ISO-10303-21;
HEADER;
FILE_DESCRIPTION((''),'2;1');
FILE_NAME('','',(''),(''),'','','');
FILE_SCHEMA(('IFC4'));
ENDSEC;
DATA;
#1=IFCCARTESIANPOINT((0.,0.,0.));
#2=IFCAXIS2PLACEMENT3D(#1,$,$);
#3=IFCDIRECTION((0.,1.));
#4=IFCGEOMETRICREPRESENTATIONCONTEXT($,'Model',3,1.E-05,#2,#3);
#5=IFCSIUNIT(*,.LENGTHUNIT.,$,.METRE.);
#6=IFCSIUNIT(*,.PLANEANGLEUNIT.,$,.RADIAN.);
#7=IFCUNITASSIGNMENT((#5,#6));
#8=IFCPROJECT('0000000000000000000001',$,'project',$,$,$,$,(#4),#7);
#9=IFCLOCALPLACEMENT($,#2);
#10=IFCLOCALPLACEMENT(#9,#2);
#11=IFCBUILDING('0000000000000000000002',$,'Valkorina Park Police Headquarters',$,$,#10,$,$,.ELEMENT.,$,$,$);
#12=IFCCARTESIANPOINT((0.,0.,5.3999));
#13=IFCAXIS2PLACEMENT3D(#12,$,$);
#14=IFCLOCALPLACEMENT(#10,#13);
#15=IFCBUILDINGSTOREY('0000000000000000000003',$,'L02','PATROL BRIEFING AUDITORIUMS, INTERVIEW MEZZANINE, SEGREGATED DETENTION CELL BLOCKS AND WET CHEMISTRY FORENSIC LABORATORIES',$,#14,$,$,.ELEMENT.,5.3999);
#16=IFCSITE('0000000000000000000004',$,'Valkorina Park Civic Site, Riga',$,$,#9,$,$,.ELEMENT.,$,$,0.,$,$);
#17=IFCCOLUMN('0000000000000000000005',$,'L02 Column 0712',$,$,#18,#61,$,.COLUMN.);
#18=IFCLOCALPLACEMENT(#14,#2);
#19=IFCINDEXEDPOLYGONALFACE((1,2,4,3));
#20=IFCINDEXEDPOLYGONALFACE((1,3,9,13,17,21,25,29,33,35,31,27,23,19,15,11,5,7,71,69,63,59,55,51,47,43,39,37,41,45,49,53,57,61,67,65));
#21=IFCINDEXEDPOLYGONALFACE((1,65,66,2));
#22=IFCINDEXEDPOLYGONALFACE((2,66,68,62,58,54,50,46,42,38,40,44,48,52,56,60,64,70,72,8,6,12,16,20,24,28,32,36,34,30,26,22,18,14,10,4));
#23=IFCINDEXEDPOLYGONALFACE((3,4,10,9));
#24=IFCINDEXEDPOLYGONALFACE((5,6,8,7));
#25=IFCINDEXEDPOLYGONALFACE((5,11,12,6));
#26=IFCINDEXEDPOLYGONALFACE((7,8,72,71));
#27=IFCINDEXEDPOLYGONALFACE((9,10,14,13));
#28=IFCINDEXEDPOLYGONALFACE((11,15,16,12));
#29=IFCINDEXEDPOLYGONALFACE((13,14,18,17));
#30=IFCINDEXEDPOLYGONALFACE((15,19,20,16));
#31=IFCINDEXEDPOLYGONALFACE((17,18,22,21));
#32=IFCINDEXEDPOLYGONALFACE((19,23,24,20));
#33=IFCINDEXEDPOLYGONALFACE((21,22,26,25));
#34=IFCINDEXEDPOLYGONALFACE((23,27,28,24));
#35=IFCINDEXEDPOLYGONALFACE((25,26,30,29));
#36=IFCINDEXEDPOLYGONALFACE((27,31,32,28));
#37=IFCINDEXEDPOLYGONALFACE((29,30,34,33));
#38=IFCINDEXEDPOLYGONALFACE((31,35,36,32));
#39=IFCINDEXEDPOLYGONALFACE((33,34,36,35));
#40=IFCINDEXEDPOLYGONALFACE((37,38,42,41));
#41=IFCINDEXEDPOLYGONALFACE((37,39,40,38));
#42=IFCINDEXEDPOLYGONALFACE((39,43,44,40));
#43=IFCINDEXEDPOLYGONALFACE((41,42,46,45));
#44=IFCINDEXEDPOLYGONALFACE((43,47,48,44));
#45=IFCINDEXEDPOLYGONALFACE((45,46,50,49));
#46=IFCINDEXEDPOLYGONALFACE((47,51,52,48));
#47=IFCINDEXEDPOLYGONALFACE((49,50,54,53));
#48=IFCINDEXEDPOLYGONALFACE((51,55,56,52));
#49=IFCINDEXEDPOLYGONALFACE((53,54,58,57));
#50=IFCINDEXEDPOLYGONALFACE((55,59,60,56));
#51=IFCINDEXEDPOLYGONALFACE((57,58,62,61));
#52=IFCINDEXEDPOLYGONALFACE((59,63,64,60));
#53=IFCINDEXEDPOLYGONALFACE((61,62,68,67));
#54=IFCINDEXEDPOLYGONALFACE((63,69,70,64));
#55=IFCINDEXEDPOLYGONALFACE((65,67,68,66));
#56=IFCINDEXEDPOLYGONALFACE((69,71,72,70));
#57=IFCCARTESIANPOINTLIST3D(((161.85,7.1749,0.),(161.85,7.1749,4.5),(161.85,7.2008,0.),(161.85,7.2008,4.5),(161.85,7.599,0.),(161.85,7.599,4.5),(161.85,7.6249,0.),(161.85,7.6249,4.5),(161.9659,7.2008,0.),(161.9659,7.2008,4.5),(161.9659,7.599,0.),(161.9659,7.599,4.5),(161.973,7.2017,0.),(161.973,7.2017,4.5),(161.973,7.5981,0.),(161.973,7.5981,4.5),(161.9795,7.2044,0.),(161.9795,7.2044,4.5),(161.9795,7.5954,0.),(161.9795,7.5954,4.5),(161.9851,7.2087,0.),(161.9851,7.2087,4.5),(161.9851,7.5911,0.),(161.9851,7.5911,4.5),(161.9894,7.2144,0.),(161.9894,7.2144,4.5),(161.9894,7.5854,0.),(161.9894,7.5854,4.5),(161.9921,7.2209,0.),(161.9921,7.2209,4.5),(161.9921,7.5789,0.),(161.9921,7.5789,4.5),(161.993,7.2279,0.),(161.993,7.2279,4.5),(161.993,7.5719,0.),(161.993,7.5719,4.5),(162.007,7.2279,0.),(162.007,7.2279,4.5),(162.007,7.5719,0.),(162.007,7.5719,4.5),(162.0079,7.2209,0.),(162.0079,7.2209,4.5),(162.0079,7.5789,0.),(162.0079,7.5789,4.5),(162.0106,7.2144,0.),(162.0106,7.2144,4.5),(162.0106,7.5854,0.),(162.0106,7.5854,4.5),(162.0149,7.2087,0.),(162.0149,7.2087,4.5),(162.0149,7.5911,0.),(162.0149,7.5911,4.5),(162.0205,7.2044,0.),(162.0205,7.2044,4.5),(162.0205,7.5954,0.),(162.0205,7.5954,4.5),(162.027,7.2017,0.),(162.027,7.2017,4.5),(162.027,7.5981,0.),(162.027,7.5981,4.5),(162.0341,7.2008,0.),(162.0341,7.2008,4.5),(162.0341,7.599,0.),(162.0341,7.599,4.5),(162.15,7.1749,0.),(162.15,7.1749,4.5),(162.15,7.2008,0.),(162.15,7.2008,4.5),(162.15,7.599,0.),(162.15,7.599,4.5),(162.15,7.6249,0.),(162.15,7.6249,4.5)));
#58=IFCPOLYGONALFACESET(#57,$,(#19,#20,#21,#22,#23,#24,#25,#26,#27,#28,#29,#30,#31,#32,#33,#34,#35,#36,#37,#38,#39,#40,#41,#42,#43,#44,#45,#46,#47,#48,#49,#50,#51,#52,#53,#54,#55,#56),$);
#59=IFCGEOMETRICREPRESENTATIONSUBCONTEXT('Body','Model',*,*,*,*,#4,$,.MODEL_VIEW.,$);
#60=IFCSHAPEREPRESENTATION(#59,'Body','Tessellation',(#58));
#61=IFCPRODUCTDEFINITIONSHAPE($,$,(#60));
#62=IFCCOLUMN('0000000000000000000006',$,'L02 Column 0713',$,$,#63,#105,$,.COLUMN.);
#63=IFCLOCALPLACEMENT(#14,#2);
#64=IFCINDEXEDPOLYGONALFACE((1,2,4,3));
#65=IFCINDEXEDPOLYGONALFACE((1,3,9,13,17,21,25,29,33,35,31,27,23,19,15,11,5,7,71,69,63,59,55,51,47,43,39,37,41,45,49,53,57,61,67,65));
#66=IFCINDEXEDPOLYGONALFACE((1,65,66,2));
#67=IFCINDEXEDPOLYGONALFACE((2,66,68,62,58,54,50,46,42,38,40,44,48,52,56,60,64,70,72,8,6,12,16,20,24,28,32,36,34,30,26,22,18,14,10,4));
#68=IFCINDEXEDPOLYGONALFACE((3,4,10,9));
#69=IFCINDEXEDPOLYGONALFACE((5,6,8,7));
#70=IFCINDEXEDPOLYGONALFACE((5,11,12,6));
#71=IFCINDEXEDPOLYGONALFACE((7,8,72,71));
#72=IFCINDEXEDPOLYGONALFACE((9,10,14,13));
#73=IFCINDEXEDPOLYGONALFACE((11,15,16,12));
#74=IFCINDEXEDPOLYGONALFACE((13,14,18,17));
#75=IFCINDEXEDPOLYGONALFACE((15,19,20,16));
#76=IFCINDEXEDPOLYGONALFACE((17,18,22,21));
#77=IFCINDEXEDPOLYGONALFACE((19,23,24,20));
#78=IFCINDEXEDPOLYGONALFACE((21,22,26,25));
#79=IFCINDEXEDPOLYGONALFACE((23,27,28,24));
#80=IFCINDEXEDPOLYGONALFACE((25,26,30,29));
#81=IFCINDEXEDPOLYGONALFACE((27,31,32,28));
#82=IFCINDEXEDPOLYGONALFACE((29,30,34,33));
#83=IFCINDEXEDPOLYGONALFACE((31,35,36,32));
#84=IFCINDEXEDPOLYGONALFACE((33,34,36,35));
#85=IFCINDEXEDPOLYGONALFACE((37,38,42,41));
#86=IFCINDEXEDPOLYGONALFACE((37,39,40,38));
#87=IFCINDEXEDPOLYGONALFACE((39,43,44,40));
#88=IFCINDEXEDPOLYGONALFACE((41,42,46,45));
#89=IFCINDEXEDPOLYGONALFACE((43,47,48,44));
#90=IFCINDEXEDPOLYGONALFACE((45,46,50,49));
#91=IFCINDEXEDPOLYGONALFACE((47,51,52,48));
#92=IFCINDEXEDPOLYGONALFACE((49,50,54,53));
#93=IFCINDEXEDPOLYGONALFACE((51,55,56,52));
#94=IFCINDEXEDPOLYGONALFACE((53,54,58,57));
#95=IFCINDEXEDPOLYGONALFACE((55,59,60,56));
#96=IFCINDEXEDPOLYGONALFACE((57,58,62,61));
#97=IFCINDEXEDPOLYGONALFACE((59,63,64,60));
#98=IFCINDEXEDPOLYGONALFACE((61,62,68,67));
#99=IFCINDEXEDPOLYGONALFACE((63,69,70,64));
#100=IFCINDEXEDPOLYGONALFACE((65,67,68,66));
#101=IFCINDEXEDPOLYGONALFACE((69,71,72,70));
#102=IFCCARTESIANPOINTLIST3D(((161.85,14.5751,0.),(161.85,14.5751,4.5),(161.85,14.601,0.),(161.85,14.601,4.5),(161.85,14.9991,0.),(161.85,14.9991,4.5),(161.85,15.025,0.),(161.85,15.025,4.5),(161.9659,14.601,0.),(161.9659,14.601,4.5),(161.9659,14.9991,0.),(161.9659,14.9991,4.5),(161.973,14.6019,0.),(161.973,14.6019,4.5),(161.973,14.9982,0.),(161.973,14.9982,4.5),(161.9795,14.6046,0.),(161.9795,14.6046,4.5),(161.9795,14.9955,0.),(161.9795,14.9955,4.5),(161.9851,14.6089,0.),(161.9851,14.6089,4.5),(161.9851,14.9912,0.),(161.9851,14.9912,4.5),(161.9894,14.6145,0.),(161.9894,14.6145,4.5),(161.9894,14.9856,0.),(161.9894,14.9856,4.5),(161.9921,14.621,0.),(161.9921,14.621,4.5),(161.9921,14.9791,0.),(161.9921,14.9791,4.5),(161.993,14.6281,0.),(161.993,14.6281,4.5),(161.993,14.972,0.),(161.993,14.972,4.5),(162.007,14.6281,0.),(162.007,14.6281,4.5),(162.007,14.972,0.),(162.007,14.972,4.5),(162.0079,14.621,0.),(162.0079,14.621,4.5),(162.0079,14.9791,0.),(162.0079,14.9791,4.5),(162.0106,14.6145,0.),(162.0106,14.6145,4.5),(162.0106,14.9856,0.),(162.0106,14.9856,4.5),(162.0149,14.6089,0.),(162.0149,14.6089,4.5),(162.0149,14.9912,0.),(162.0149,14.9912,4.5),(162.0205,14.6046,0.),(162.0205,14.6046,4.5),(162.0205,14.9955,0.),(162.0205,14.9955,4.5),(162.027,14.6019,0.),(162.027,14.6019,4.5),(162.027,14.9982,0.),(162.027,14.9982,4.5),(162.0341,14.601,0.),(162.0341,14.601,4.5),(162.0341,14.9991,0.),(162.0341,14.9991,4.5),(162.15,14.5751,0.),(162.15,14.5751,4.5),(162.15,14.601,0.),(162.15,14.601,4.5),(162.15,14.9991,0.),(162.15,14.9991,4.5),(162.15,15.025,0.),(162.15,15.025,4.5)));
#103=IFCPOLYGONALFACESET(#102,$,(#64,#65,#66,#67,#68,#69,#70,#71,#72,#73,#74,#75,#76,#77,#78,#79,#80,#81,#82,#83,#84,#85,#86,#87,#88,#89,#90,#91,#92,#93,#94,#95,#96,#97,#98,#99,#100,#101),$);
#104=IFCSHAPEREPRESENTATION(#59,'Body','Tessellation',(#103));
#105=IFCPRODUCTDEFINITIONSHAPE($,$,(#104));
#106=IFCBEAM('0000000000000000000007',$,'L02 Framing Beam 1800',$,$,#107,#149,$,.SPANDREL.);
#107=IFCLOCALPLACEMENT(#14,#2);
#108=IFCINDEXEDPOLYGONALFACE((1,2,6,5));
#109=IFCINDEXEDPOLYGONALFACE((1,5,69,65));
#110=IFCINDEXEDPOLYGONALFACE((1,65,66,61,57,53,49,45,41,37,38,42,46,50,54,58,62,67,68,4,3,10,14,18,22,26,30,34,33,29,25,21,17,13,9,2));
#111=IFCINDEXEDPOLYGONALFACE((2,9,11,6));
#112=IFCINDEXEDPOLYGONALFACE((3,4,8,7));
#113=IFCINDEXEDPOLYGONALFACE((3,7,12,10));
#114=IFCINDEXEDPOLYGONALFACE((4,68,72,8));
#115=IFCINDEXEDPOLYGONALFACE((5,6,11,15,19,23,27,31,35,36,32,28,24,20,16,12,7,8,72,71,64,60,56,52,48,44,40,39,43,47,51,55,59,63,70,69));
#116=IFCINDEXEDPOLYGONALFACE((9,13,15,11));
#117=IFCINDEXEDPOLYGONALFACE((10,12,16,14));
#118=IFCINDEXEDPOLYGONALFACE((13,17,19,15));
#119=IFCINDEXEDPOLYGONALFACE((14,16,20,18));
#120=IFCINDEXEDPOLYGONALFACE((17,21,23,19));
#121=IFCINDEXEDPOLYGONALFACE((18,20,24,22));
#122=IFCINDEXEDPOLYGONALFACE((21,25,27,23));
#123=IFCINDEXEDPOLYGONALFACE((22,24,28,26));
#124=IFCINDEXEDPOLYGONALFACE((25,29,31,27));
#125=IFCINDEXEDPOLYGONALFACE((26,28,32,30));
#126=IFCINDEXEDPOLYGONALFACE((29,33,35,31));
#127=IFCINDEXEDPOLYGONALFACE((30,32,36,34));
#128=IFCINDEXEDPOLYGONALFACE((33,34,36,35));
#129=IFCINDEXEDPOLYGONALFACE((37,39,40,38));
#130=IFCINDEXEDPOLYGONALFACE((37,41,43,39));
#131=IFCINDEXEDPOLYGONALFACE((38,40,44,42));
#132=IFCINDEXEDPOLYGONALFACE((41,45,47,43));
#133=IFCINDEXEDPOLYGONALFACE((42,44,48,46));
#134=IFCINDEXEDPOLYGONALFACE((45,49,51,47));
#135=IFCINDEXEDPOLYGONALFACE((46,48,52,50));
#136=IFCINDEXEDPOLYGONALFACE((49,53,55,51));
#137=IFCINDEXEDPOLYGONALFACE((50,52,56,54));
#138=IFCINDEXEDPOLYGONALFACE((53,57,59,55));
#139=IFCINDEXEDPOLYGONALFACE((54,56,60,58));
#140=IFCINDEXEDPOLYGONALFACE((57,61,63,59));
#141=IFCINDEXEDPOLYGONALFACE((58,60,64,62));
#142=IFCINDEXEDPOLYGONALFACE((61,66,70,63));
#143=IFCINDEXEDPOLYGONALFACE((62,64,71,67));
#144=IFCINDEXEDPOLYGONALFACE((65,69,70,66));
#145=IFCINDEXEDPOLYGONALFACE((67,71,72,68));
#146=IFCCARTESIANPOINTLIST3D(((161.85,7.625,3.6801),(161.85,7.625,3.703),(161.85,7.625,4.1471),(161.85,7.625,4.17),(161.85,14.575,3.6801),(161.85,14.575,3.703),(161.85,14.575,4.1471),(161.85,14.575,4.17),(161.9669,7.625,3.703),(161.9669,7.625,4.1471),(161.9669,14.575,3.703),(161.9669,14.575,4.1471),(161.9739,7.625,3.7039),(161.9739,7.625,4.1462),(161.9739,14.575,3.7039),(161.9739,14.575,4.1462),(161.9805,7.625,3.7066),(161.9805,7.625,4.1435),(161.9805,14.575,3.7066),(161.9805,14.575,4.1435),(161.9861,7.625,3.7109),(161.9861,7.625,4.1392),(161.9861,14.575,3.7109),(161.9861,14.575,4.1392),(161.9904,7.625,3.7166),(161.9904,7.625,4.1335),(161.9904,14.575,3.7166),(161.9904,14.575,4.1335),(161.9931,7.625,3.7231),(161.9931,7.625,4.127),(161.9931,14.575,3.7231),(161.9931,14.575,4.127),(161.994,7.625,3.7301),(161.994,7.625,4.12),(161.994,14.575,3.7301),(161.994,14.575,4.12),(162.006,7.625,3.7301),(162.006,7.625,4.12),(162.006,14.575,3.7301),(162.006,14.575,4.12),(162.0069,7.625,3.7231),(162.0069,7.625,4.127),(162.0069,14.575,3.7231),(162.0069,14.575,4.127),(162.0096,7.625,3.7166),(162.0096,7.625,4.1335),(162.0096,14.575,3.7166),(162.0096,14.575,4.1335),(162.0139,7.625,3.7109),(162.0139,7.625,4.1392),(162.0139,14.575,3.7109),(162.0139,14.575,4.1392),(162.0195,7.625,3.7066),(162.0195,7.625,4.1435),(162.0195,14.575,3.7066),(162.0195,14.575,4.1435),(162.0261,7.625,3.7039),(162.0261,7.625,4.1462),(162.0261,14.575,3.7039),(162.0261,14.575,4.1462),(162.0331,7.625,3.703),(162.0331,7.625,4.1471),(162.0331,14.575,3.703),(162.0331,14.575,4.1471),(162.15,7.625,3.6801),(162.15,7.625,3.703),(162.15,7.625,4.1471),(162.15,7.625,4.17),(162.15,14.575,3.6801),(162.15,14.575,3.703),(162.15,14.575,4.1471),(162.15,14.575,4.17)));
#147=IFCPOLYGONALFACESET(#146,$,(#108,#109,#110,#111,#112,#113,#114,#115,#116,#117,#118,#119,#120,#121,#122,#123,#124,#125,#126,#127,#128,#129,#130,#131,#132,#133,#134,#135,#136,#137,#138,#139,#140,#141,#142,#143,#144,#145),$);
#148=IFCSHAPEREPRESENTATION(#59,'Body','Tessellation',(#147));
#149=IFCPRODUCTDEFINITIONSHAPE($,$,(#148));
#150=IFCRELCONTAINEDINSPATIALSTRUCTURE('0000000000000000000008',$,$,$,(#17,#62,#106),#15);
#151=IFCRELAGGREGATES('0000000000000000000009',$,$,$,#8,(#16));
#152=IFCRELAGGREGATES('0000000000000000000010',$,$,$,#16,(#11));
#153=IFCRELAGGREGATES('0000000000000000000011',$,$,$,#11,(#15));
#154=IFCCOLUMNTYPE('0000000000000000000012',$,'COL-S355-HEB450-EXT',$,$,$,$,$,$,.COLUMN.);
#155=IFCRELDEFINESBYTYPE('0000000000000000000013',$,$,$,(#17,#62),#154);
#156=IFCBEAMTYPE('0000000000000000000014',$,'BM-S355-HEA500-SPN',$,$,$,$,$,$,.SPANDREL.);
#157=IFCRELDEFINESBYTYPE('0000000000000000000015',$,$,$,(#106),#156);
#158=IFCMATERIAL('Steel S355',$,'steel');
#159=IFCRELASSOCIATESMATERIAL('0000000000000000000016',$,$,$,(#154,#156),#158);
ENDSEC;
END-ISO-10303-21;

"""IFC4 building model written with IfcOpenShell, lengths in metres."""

from ifc_helpers import new_model, si_unit, direction, frame, origin, origin_2d, place, context, subcontext, project, spatial, i_section, extrude, material, material_profile, profile_set, type_object, element, save


model = new_model("IFC4")

# Units and contexts
model_context = context("Model", 3, precision=1e-05, world=origin(), true_north=direction((0.0, 1.0)))
body_context = subcontext(model_context, "Body", "Model", "MODEL_VIEW")
ifc_project = project(units=[si_unit("LENGTHUNIT", "METRE"), si_unit("PLANEANGLEUNIT", "RADIAN")], contexts=[model_context])

# Site, building, storey
site_placement = place(None, origin())
site = spatial("IfcSite", under=ifc_project, at=site_placement, Name="Valkorina Park Civic Site, Riga", CompositionType="ELEMENT", RefElevation=0.0)
building_placement = place(site_placement, origin())
building = spatial("IfcBuilding", under=site, at=building_placement, Name="Valkorina Park Police Headquarters", CompositionType="ELEMENT")
storey_placement = place(building_placement, frame((0.0, 0.0, 5.3999)))
storey = spatial("IfcBuildingStorey", under=building, at=storey_placement, Name="L02", Description="PATROL BRIEFING AUDITORIUMS, INTERVIEW MEZZANINE, SEGREGATED DETENTION CELL BLOCKS AND WET CHEMISTRY FORENSIC LABORATORIES", CompositionType="ELEMENT", Elevation=5.3999)

# Columns
ifc_material_1 = material(Name="Steel S355", Category="steel")
ifc_material_profile_1 = material_profile(ifc_material_1, i_section(OverallWidth=0.3, OverallDepth=0.45, WebThickness=0.0139, FlangeThickness=0.0259, FilletRadius=0.0271, at=origin_2d()), Name="HEB 450")
ifc_profile_set_1 = profile_set([ifc_material_profile_1], Name="Steel S355")
column_type = type_object("IfcColumnType", Name="COL-S355-HEB450-EXT", PredefinedType="COLUMN", material=ifc_profile_set_1)
for number, where, z_axis, x_axis, name in (
    (1, (162.0, 7.3999, 0.0), (0.0, 0.0, 1.0), (1.0, 0.0, 0.0), "L02 Column 0712"),
    (2, (162.0, 14.8, 0.0), (0.0, 0.0, 1.0), (1.0, 0.0, 0.0), "L02 Column 0713"),
):
    element("IfcColumn", number, at=place(storey_placement, frame(where, z_axis=z_axis, x_axis=x_axis)), inside=storey, type_object=column_type, Name=name, PredefinedType="COLUMN", context=body_context, shape_type="SweptSolid", body=[
        extrude(i_section(OverallWidth=0.3, OverallDepth=0.45, WebThickness=0.0139, FlangeThickness=0.0259, FilletRadius=0.0271, at=origin_2d()), origin(), (0.0, 0.0, 1.0), 4.5),
    ])

# Beam
ifc_material_profile_2 = material_profile(ifc_material_1, i_section(OverallWidth=0.3, OverallDepth=0.49, WebThickness=0.012, FlangeThickness=0.0229, FilletRadius=0.0271, at=origin_2d()), Name="HEA 500")
ifc_profile_set_2 = profile_set([ifc_material_profile_2], Name="Steel S355")
beam_type = type_object("IfcBeamType", Name="BM-S355-HEA500-SPN", PredefinedType="SPANDREL", material=ifc_profile_set_2)
beam_placement = place(storey_placement, frame((162.0, 7.625, 3.925), z_axis=(0.0, 1.0, 0.0), x_axis=(-1.0, 0.0, 0.0)))
element("IfcBeam", 3, at=beam_placement, inside=storey, type_object=beam_type, Name="L02 Framing Beam 1800", PredefinedType="SPANDREL", context=body_context, shape_type="SweptSolid", body=[
    extrude(i_section(OverallWidth=0.3, OverallDepth=0.49, WebThickness=0.012, FlangeThickness=0.0229, FilletRadius=0.0271, at=origin_2d()), origin(), (0.0, 0.0, 1.0), 6.95),
])

save(model, "model.ifc")
